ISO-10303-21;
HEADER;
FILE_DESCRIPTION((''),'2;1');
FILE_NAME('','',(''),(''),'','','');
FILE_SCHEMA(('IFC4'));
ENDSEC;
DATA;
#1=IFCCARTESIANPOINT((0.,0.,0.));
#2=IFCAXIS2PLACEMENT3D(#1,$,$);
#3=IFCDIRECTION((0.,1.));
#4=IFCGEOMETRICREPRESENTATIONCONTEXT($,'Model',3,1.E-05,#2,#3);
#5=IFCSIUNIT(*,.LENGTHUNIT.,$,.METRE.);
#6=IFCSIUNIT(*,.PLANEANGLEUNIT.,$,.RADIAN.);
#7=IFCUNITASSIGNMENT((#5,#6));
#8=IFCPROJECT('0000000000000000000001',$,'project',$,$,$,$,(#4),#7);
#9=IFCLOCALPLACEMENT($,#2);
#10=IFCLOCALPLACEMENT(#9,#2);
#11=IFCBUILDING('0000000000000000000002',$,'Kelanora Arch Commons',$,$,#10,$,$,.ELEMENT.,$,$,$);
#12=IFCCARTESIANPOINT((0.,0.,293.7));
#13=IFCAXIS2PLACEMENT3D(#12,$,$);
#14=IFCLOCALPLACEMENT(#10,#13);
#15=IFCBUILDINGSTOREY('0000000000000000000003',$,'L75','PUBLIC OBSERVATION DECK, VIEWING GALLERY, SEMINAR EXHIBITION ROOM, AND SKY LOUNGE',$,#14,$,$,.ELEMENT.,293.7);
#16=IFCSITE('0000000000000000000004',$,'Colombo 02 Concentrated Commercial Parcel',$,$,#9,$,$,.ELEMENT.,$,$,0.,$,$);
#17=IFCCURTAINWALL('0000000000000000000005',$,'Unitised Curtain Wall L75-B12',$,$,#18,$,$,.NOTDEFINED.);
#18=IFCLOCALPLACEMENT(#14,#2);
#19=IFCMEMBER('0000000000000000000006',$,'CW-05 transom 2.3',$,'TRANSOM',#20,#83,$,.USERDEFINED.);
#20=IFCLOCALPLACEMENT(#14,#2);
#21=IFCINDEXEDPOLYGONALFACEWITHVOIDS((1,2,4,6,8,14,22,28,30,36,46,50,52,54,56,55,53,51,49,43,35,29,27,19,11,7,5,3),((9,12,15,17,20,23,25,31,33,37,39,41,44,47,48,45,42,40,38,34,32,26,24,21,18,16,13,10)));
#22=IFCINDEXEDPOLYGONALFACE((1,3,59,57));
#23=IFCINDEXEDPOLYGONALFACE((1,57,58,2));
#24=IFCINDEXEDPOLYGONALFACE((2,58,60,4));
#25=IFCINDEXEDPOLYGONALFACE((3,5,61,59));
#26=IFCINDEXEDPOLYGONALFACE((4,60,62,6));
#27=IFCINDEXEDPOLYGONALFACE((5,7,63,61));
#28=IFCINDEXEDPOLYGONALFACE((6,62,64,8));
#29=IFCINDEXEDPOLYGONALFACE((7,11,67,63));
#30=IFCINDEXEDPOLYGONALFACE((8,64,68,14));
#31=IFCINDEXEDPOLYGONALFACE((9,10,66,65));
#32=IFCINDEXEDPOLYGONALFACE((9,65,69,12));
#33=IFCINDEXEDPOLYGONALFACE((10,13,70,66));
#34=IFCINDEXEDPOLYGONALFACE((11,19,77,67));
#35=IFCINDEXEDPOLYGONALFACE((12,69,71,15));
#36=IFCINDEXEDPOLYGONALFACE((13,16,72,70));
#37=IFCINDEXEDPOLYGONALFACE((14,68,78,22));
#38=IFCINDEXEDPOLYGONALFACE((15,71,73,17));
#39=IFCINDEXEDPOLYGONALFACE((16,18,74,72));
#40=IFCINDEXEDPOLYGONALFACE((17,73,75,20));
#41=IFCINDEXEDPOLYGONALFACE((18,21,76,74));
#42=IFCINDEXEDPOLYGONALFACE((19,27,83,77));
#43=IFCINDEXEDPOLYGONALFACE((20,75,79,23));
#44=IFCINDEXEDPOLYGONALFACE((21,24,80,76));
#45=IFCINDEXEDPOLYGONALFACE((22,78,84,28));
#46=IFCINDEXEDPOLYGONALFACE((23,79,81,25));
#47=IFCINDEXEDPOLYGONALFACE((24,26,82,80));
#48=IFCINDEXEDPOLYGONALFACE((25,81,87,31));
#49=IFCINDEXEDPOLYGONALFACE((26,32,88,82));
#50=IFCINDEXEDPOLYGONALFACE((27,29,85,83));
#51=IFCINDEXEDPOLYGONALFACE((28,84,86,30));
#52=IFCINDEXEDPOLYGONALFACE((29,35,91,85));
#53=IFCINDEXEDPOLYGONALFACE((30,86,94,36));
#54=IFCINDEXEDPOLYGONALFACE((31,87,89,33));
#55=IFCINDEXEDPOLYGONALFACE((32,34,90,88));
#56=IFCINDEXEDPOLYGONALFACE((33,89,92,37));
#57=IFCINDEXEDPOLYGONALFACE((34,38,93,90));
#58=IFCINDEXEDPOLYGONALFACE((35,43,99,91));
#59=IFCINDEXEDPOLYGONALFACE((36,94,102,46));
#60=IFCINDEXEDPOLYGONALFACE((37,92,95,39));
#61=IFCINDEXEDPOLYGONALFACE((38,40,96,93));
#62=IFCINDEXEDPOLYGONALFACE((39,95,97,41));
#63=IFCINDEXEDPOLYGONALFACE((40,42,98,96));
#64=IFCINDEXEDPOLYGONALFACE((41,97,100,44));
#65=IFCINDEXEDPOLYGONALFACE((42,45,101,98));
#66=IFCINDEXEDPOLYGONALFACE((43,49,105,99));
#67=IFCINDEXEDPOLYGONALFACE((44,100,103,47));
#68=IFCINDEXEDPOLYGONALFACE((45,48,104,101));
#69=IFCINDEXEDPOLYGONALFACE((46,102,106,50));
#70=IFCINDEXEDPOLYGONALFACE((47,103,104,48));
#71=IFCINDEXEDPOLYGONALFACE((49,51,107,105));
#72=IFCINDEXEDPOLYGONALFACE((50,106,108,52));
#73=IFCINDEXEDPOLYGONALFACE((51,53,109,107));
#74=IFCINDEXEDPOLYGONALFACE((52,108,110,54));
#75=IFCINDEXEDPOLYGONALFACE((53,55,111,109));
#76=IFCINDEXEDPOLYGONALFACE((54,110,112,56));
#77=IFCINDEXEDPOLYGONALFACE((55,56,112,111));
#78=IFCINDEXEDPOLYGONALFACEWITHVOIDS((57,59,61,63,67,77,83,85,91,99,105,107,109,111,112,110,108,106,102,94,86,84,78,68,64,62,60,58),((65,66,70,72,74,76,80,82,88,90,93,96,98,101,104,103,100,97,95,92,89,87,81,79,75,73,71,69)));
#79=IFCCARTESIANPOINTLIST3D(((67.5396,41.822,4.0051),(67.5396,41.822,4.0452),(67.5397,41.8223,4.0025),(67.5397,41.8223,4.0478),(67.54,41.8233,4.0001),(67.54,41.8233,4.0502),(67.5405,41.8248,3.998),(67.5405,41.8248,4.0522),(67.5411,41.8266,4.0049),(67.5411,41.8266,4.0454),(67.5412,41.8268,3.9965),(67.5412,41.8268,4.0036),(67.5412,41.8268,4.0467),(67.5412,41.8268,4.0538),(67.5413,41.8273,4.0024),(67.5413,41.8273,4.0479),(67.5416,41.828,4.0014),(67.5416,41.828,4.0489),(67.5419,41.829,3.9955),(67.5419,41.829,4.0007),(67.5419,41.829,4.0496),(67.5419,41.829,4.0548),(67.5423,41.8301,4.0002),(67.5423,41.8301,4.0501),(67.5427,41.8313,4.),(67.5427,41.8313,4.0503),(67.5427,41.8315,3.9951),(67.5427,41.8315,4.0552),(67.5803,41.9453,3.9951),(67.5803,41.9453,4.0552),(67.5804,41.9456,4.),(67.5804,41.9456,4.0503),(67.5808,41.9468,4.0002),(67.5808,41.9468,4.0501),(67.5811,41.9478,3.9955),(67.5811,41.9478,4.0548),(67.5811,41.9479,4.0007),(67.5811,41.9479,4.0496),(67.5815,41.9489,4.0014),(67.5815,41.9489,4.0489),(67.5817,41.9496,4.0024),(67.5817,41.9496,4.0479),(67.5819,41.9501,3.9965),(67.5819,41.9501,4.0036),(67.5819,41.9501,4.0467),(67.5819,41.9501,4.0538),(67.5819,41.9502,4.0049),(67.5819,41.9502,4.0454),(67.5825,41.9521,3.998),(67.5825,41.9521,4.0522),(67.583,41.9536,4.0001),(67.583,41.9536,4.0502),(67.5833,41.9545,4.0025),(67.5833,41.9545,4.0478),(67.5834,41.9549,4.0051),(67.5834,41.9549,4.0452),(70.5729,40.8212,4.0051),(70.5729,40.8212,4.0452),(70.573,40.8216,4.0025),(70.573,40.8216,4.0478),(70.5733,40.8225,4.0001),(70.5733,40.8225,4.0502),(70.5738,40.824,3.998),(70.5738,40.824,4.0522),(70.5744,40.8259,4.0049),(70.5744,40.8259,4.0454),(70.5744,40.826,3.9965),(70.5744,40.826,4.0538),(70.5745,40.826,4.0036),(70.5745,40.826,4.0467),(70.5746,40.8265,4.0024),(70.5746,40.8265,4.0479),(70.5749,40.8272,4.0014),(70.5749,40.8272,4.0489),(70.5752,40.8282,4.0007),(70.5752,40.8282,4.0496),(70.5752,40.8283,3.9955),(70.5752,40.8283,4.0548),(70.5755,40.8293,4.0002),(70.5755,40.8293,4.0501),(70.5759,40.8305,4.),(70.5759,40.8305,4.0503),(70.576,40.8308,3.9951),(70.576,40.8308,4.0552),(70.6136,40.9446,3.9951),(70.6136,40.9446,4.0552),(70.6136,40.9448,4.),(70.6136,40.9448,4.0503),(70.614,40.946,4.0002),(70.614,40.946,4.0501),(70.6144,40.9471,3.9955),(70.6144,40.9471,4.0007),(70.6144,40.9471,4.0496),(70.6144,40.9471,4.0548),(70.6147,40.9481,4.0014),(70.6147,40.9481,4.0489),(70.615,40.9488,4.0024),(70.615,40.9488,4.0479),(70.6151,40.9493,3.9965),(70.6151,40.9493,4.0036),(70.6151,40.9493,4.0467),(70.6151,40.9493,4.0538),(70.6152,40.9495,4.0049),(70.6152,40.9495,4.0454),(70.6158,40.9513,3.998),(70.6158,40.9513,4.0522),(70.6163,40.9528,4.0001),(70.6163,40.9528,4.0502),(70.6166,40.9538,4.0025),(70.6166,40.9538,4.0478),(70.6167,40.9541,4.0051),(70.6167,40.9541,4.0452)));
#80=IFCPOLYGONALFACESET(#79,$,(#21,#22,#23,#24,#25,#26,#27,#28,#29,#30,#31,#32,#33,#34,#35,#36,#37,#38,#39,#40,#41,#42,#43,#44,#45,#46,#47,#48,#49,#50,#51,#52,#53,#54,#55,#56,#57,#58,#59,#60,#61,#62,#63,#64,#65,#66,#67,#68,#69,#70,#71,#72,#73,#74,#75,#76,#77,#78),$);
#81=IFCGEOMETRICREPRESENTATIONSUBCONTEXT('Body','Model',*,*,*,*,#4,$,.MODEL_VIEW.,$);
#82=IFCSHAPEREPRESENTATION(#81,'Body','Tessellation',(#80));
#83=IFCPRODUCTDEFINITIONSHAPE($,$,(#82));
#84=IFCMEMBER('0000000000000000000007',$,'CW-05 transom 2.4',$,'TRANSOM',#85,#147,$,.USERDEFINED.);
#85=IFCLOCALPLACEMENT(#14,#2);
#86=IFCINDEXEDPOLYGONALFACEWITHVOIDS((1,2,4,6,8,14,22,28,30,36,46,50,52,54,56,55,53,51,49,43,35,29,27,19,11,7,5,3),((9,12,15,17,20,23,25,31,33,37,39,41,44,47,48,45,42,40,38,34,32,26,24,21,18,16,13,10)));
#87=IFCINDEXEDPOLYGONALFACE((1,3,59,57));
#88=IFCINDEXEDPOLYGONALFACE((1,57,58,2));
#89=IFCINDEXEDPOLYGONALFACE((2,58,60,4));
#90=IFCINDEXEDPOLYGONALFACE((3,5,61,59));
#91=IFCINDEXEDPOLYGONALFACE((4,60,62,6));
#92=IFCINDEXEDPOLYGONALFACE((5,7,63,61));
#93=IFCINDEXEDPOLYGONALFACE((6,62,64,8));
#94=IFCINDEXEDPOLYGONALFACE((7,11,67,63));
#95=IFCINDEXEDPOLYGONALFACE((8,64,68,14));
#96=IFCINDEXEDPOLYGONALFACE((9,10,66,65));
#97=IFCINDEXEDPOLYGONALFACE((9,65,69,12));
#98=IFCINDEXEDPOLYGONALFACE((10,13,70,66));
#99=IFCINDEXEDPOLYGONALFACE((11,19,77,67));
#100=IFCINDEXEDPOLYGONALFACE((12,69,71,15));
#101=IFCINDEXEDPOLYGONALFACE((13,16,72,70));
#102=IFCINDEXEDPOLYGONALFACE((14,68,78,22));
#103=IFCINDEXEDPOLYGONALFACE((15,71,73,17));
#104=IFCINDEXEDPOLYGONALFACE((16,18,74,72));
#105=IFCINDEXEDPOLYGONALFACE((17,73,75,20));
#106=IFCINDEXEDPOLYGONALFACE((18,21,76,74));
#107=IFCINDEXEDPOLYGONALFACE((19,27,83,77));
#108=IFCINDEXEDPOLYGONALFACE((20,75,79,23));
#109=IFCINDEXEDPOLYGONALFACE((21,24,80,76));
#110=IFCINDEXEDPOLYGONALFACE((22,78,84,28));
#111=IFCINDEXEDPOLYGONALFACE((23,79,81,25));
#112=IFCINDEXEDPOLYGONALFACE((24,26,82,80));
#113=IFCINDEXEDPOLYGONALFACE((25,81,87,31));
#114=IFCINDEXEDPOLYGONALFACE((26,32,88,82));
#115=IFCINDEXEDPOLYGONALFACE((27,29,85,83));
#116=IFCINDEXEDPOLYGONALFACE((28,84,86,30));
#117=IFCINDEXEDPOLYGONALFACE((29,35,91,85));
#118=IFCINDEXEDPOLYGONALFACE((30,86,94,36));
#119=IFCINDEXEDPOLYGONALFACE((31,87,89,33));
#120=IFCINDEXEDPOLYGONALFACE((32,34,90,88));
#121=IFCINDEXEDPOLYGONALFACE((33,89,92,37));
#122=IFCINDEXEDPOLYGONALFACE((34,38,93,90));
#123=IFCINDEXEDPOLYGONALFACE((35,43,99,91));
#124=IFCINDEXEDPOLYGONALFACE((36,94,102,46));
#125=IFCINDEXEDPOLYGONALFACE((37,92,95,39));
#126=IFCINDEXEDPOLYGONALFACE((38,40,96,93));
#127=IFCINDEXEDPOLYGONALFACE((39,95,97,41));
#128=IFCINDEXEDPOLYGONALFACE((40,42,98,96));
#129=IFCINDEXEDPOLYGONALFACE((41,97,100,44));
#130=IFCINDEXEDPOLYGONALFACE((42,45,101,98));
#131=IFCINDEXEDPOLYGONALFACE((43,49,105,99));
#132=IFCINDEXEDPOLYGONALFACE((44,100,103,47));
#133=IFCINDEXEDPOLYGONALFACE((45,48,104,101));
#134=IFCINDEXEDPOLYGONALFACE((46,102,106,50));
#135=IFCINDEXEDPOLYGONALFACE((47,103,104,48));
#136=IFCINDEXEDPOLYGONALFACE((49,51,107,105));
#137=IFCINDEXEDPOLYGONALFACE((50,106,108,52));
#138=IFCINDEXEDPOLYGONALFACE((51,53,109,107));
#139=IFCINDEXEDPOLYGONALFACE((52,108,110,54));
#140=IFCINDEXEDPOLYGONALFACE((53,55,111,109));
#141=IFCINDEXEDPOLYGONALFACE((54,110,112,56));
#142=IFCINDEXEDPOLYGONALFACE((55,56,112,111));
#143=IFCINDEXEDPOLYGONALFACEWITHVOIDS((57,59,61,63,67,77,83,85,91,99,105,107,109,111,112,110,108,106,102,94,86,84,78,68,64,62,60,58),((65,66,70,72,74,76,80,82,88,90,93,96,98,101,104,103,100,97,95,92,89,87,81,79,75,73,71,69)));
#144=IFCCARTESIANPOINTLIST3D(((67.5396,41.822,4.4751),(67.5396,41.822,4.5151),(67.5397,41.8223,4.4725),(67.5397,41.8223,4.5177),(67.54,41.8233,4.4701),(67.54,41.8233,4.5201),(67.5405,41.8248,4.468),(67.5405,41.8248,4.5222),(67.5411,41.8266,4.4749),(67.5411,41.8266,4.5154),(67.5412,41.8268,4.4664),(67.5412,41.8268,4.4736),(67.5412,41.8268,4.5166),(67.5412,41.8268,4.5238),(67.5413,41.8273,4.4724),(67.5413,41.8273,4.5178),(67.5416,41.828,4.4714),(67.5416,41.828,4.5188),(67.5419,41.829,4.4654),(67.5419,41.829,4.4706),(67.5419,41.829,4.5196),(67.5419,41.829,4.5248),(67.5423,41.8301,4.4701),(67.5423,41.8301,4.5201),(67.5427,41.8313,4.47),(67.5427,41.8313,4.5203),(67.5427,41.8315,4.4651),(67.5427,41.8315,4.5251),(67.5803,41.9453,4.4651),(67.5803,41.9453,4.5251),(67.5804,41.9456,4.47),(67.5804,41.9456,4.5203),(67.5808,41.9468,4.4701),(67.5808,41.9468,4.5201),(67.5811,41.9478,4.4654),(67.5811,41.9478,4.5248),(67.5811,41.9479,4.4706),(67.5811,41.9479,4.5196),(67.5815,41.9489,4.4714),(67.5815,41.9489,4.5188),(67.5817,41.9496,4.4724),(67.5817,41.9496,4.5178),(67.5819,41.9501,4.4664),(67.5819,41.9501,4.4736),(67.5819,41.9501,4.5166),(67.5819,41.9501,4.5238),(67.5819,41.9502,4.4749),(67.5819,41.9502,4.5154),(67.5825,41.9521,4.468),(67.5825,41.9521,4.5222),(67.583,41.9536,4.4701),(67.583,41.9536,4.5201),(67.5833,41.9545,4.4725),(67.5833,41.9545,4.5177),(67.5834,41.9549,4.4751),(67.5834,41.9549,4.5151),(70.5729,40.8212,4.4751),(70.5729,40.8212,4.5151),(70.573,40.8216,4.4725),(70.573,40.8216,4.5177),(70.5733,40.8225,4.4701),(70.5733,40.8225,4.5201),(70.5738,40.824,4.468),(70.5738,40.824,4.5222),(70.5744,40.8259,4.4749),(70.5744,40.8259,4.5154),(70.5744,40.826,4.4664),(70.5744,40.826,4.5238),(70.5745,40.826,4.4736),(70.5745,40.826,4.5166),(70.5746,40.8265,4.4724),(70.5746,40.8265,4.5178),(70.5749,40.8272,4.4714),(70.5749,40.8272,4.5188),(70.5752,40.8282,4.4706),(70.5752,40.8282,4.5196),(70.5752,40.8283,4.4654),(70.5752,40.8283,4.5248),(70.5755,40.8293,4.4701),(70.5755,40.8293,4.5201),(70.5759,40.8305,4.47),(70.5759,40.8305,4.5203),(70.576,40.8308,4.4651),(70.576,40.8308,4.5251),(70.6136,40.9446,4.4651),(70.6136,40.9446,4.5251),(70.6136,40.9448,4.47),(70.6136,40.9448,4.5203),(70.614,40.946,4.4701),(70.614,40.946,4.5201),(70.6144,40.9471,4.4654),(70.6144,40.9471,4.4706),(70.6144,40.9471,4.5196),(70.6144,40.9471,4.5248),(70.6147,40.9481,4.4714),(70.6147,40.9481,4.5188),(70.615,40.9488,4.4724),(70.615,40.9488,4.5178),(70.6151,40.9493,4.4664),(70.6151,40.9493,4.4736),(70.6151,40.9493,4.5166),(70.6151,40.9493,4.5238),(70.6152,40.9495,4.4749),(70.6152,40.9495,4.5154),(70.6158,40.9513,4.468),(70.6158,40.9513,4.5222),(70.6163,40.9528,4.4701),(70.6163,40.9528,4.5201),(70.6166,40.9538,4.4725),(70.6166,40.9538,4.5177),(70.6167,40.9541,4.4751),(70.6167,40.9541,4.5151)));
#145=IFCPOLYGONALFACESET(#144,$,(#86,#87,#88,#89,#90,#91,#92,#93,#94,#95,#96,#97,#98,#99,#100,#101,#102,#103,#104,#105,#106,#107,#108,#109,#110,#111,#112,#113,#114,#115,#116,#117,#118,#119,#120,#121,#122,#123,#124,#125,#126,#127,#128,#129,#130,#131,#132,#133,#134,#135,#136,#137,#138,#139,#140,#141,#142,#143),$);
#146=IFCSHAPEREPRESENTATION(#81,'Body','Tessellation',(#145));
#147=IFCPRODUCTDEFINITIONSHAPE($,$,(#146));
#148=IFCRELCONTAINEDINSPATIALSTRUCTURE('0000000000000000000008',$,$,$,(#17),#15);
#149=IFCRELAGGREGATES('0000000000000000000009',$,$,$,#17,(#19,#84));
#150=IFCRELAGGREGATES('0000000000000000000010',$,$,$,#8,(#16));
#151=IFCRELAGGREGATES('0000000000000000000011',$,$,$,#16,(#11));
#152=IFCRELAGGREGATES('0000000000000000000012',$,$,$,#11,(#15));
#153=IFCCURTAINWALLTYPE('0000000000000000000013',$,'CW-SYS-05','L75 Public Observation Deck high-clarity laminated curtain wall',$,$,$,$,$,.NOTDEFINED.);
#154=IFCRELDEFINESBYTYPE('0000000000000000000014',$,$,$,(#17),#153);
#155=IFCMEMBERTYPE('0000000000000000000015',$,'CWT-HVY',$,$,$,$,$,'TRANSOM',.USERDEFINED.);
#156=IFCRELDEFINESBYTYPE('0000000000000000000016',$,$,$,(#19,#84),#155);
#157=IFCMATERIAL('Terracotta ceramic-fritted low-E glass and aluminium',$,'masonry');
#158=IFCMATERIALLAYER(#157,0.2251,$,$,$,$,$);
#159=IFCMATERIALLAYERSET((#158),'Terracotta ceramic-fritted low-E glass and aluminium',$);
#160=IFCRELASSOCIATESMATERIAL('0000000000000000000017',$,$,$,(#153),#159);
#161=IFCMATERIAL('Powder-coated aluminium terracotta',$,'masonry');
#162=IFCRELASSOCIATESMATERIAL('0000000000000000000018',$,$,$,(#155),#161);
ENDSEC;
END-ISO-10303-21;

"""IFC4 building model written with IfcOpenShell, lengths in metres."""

from ifc_helpers import new_model, si_unit, direction, frame, origin, origin_2d, place, context, subcontext, project, spatial, hollow_rectangle, extrude, material, layer, layer_set, material_profile, profile_set, type_object, element, aggregate, save


model = new_model("IFC4")

# Units and contexts
model_context = context("Model", 3, precision=1e-05, world=origin(), true_north=direction((0.0, 1.0)))
body_context = subcontext(model_context, "Body", "Model", "MODEL_VIEW")
ifc_project = project(units=[si_unit("LENGTHUNIT", "METRE"), si_unit("PLANEANGLEUNIT", "RADIAN")], contexts=[model_context])

# Site, building, storey
site_placement = place(None, origin())
site = spatial("IfcSite", under=ifc_project, at=site_placement, Name="Colombo 02 Concentrated Commercial Parcel", CompositionType="ELEMENT", RefElevation=0.0)
building_placement = place(site_placement, origin())
building = spatial("IfcBuilding", under=site, at=building_placement, Name="Kelanora Arch Commons", CompositionType="ELEMENT")
storey_placement = place(building_placement, frame((0.0, 0.0, 293.7)))
storey = spatial("IfcBuildingStorey", under=building, at=storey_placement, Name="L75", Description="PUBLIC OBSERVATION DECK, VIEWING GALLERY, SEMINAR EXHIBITION ROOM, AND SKY LOUNGE", CompositionType="ELEMENT", Elevation=293.7)

# Curtain wall
ifc_material_1 = material(Name="Terracotta ceramic-fritted low-E glass and aluminium", Category="masonry")
ifc_layer_1 = layer(ifc_material_1, 0.2251)
ifc_layer_set_1 = layer_set([ifc_layer_1], Name="Terracotta ceramic-fritted low-E glass and aluminium")
curtain_wall_type = type_object("IfcCurtainWallType", Name="CW-SYS-05", Description="L75 Public Observation Deck high-clarity laminated curtain wall", PredefinedType="NOTDEFINED", material=ifc_layer_set_1)
curtain_wall_1_placement = place(storey_placement, origin())
curtain_wall_1 = element("IfcCurtainWall", 1, at=curtain_wall_1_placement, inside=storey, type_object=curtain_wall_type, Name="Unitised Curtain Wall L75-B12", PredefinedType="NOTDEFINED")
ifc_material_2 = material(Name="Powder-coated aluminium terracotta", Category="masonry")

# Members
ifc_material_profile_1 = material_profile(ifc_material_2, hollow_rectangle(XDim=0.1399, YDim=0.0601, WallThickness=0.0049, InnerFilletRadius=0.0049, OuterFilletRadius=0.01, at=origin_2d()), Name="CWT140x60")
ifc_profile_set_1 = profile_set([ifc_material_profile_1], Name="Powder-coated aluminium terracotta")
member_type_1 = type_object("IfcMemberType", Name="CWT-HVY", ElementType="TRANSOM", PredefinedType="USERDEFINED", material=ifc_profile_set_1)
member_1_placement = place(storey_placement, frame((67.5615, 41.8884, 4.0251), z_axis=(0.94965, -0.313314, 0.0), x_axis=(0.313314, 0.94965, 0.0)))
member_1 = element("IfcMember", 2, at=member_1_placement, type_object=member_type_1, Name="CW-05 transom 2.3", ObjectType="TRANSOM", PredefinedType="USERDEFINED", context=body_context, shape_type="SweptSolid", body=[
    extrude(hollow_rectangle(XDim=0.1399, YDim=0.0601, WallThickness=0.0049, InnerFilletRadius=0.0049, OuterFilletRadius=0.01, at=origin_2d()), origin(), (0.0, 0.0, 1.0), 3.1941),
])
member_2_placement = place(storey_placement, frame((67.5615, 41.8884, 4.4951), z_axis=(0.94965, -0.313314, 0.0), x_axis=(0.313314, 0.94965, 0.0)))
member_2 = element("IfcMember", 3, at=member_2_placement, type_object=member_type_1, Name="CW-05 transom 2.4", ObjectType="TRANSOM", PredefinedType="USERDEFINED", context=body_context, shape_type="SweptSolid", body=[
    extrude(hollow_rectangle(XDim=0.1399, YDim=0.0601, WallThickness=0.0049, InnerFilletRadius=0.0049, OuterFilletRadius=0.01, at=origin_2d()), origin(), (0.0, 0.0, 1.0), 3.1941),
])

aggregate(curtain_wall_1, [member_1, member_2])

save(model, "model.ifc")
